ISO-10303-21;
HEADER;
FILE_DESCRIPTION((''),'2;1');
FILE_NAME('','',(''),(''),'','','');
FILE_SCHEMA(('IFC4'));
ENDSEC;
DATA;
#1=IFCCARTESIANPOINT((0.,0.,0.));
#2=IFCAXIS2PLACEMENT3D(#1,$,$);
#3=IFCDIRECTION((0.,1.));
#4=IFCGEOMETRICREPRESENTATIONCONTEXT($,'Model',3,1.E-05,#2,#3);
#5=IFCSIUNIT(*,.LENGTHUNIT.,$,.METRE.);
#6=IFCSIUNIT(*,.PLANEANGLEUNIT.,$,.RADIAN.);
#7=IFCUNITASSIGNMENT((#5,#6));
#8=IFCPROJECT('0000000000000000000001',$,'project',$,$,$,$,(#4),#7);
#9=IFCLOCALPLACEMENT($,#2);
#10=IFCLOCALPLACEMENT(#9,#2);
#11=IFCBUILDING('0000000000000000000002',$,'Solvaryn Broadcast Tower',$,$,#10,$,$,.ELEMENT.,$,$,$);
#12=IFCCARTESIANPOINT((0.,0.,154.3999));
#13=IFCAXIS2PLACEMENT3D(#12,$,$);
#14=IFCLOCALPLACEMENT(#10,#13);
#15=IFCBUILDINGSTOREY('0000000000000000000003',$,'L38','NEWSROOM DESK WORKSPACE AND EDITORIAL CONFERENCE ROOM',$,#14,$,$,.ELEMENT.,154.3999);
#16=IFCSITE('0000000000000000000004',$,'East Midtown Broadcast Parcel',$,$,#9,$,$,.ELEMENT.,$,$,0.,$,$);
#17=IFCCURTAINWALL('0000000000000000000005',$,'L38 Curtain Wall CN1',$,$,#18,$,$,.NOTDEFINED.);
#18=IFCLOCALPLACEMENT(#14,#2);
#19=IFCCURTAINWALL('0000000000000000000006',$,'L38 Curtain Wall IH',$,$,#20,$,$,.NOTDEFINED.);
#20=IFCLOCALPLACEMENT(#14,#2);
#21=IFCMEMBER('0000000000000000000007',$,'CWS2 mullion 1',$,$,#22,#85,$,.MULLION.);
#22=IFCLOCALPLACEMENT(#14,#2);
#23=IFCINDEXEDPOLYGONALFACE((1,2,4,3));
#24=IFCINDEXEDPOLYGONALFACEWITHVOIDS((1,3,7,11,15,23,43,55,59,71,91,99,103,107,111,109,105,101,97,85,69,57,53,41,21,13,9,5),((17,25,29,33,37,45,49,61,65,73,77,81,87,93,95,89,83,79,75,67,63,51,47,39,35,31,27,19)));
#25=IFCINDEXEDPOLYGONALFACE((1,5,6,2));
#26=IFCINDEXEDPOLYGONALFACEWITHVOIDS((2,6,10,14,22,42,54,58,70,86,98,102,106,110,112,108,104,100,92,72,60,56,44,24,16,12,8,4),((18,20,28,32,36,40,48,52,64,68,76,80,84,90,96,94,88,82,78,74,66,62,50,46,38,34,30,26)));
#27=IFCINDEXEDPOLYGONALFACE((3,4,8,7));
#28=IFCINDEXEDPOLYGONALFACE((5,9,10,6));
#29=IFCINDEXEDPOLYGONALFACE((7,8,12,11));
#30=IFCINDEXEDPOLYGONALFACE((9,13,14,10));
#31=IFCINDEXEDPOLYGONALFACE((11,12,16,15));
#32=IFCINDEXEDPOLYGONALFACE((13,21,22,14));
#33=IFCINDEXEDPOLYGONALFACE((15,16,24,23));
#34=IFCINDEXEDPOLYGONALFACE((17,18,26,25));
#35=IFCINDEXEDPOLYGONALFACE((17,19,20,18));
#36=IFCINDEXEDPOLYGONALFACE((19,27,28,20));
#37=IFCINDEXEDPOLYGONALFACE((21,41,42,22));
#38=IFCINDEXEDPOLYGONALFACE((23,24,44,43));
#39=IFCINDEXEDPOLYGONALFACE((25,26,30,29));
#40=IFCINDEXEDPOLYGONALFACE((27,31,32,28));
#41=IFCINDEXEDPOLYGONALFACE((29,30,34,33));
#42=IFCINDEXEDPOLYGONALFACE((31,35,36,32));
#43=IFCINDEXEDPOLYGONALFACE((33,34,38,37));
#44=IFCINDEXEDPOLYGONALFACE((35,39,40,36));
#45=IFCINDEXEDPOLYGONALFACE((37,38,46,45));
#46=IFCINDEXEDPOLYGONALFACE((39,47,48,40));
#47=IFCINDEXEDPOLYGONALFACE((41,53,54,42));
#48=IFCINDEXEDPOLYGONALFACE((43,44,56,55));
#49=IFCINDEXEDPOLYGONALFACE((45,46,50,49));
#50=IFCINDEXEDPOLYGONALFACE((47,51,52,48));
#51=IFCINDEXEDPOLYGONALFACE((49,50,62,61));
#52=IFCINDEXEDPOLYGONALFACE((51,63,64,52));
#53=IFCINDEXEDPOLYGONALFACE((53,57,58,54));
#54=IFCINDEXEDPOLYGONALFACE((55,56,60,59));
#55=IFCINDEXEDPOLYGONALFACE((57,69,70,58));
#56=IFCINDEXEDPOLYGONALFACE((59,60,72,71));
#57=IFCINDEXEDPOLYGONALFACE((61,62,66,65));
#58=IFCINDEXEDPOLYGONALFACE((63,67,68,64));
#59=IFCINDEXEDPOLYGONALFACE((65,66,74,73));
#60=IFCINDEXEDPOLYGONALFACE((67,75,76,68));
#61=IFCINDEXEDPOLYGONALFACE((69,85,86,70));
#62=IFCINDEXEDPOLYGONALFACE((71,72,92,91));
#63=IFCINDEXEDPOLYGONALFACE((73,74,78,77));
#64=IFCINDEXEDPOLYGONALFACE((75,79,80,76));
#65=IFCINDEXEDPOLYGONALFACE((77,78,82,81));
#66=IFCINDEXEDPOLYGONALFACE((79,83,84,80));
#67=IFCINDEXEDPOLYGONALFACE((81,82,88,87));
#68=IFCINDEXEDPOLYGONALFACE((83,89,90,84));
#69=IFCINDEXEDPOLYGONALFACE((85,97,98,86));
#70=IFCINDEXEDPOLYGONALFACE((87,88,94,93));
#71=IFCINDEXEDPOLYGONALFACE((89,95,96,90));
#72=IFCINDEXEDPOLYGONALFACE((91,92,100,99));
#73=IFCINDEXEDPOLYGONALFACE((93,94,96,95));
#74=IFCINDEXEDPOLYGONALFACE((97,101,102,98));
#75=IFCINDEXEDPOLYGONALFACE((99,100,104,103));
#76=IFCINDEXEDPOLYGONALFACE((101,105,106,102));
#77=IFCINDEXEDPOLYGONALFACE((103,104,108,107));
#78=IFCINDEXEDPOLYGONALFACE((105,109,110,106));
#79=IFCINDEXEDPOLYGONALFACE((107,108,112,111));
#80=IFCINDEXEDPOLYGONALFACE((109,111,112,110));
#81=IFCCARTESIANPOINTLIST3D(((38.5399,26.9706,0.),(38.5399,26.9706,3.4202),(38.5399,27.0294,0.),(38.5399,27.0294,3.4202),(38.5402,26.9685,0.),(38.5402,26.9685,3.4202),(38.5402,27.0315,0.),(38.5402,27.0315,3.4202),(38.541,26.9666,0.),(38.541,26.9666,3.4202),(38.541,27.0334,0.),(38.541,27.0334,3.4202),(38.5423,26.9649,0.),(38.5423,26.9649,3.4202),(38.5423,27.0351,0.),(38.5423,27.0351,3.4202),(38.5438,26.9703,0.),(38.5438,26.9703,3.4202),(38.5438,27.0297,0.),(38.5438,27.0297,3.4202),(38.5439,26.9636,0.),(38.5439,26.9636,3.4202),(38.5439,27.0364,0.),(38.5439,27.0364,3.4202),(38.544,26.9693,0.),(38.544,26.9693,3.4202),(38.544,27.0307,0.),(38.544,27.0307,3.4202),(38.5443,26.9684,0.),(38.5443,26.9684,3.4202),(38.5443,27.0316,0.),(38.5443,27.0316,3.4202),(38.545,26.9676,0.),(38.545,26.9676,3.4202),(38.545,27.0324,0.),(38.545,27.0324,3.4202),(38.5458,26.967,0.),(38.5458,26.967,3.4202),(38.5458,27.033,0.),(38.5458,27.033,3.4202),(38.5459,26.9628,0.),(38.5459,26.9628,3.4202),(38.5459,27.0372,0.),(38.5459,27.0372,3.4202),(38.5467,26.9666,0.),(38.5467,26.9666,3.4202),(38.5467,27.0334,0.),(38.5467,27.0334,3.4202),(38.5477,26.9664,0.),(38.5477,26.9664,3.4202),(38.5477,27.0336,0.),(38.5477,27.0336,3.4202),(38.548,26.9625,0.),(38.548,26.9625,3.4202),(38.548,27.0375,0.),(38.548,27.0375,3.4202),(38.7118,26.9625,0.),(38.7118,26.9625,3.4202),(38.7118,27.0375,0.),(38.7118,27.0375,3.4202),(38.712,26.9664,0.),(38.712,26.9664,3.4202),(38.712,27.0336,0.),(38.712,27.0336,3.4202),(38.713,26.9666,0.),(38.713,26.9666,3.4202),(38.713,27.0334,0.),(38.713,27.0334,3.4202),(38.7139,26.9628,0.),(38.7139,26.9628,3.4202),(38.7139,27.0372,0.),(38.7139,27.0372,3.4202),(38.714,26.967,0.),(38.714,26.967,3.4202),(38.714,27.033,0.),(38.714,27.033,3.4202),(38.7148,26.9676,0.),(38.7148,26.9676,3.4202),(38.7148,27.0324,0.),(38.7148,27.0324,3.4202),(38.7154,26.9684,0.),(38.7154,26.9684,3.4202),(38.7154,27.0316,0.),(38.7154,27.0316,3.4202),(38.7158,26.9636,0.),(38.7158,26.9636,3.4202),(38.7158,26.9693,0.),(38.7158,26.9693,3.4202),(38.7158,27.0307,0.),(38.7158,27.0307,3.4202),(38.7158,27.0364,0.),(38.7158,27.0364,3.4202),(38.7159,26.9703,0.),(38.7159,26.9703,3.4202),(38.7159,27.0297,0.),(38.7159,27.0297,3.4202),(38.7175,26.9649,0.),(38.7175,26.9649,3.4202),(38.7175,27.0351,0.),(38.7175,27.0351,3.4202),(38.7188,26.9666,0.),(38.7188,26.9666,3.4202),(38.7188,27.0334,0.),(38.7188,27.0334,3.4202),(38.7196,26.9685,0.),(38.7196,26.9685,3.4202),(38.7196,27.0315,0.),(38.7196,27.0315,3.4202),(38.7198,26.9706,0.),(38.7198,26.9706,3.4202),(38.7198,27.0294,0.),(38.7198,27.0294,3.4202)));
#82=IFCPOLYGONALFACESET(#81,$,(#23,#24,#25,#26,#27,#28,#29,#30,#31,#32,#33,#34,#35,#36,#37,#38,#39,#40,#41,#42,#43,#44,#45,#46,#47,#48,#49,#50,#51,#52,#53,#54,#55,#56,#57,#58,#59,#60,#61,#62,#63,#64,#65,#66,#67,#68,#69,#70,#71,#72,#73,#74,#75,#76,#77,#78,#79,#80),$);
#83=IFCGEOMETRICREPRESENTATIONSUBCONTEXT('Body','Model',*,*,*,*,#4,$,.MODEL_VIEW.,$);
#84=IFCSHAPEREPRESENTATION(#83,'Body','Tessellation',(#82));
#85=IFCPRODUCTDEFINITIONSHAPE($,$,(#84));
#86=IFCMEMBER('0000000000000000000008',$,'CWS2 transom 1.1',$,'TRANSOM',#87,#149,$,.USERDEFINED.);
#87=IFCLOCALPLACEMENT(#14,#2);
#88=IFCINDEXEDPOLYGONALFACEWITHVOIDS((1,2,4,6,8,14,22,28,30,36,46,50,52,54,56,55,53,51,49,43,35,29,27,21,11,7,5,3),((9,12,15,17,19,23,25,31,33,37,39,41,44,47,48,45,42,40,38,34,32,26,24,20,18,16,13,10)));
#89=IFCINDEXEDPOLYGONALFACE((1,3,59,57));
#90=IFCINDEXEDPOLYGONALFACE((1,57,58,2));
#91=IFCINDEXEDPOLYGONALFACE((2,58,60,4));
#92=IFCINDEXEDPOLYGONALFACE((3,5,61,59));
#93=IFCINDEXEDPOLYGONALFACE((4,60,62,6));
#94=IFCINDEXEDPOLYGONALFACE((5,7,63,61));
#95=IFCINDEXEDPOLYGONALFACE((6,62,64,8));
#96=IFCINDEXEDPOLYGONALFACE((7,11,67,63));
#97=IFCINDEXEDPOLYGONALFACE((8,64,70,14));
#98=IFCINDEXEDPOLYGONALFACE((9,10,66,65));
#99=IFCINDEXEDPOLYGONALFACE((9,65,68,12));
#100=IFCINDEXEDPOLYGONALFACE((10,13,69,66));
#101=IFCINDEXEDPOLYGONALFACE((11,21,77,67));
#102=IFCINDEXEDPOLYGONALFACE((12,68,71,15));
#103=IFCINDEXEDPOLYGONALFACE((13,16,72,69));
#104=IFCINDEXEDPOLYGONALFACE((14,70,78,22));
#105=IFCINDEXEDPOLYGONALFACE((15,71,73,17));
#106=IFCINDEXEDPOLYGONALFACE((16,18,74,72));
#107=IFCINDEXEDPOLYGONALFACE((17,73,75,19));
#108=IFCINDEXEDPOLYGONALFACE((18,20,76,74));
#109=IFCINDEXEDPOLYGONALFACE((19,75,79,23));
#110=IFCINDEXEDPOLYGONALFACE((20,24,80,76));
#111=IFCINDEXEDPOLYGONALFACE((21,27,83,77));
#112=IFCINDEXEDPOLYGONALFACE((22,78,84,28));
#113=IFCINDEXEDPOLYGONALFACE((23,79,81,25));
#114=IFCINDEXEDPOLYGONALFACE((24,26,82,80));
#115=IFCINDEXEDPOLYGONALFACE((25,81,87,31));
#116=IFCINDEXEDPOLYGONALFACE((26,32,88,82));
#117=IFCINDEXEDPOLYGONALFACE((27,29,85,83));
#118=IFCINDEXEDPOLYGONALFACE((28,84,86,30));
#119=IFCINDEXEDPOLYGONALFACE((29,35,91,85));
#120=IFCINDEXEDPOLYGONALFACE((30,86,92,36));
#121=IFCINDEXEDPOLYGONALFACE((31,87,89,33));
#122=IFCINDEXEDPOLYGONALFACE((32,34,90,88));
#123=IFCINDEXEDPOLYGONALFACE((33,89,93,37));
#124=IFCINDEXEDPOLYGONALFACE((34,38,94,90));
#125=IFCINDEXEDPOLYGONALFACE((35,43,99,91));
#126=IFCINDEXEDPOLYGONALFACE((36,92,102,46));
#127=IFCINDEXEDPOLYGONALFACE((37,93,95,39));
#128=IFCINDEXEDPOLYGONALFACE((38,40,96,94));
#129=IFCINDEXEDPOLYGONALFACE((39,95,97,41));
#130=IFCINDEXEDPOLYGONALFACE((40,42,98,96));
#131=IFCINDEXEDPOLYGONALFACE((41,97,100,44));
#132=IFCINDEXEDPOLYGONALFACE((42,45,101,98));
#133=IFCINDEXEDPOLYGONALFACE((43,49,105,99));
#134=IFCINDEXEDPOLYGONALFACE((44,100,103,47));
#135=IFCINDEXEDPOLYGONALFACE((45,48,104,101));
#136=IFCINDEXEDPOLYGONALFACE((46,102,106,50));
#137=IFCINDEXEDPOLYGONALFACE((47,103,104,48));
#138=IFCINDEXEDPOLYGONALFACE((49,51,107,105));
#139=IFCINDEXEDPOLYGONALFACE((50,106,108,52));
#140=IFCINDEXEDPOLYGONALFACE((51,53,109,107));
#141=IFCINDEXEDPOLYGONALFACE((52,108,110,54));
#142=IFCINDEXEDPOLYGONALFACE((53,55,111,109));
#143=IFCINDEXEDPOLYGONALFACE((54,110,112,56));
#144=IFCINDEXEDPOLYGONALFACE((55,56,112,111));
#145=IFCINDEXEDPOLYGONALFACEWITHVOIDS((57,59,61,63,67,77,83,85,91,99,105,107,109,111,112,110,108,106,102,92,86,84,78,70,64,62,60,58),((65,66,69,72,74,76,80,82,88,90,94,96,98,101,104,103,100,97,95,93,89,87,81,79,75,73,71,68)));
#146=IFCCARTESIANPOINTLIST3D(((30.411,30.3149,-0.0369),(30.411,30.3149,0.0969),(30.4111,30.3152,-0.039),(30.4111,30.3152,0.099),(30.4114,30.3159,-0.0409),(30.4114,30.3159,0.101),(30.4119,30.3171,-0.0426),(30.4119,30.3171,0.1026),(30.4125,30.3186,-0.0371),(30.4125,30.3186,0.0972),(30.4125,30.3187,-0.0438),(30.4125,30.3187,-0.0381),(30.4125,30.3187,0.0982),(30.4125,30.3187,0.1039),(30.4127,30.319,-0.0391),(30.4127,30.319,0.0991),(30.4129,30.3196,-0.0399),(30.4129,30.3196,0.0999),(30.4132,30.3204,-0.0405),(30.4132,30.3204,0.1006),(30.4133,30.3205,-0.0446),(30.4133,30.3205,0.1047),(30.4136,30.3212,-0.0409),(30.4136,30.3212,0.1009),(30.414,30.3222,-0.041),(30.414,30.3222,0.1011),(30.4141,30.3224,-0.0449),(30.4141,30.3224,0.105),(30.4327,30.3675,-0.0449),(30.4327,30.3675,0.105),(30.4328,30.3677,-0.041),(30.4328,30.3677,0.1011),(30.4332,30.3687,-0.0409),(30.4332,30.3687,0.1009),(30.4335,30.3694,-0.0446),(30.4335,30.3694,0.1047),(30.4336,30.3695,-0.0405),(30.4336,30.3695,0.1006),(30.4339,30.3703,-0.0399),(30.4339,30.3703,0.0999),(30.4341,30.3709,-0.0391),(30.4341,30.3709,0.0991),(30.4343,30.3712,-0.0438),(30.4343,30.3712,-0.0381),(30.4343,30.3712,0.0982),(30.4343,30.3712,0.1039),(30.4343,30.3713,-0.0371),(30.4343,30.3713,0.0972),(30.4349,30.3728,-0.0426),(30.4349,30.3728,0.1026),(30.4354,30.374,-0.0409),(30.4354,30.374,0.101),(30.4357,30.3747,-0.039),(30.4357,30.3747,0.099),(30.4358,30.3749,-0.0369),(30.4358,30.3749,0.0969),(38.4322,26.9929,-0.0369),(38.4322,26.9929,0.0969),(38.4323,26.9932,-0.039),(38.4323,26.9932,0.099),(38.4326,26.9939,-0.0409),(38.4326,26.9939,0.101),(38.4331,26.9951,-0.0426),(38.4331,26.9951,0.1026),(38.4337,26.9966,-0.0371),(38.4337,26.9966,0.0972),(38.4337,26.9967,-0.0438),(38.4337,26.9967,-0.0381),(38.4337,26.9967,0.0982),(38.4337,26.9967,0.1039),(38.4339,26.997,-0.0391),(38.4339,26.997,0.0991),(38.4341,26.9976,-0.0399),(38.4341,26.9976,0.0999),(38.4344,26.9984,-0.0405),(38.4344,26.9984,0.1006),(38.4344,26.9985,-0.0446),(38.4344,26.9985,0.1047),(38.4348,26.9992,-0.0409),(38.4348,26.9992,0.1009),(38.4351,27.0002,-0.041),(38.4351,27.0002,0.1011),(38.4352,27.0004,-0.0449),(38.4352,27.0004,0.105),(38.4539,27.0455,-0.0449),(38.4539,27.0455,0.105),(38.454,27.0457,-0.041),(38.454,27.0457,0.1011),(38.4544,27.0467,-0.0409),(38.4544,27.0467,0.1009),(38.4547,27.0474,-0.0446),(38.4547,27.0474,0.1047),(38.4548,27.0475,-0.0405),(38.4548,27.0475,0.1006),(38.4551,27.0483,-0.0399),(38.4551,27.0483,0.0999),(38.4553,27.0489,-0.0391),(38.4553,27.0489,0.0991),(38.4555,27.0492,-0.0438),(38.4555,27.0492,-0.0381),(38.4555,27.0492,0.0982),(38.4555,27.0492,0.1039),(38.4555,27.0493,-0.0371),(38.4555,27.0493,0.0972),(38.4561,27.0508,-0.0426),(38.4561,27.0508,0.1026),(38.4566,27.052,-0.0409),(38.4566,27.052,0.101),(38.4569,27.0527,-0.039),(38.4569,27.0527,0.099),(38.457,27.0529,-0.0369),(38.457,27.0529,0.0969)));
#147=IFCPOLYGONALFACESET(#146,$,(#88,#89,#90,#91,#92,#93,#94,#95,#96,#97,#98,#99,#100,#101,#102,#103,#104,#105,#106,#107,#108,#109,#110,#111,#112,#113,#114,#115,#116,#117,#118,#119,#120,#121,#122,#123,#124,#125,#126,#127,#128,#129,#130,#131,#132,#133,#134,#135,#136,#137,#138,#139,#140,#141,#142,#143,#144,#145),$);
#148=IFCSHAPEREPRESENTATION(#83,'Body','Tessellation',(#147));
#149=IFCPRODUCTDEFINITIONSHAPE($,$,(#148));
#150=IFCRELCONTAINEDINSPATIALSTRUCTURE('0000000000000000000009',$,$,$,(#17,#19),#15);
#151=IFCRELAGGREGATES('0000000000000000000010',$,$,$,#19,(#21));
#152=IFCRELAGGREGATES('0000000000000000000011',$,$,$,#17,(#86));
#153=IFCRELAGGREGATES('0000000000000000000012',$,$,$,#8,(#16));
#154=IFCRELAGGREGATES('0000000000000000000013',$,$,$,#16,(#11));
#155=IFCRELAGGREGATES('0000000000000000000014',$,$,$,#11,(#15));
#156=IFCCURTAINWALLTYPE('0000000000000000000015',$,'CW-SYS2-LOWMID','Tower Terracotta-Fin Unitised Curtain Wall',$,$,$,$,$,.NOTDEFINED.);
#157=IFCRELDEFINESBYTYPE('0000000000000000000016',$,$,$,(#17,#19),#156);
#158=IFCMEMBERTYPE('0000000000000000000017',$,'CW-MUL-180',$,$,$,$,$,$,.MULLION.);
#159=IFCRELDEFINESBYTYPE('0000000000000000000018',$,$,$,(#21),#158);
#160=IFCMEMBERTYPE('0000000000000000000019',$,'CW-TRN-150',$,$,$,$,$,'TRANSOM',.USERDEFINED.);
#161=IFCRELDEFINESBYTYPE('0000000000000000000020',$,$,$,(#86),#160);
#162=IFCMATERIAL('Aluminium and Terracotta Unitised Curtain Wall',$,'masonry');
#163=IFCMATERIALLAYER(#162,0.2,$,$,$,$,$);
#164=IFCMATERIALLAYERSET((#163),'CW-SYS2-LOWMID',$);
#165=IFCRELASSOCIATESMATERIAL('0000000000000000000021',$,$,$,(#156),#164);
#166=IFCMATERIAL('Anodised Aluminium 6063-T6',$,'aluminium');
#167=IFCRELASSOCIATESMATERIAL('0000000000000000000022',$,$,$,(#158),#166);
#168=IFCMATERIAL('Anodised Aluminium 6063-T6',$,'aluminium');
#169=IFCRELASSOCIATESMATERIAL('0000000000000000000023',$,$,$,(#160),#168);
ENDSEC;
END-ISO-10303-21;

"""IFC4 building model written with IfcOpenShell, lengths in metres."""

from ifc_helpers import new_model, si_unit, direction, frame, origin, origin_2d, place, context, subcontext, project, spatial, hollow_rectangle, extrude, material, layer, layer_set, material_profile, profile_set, type_object, element, aggregate, save


model = new_model("IFC4")

# Units and contexts
model_context = context("Model", 3, precision=1e-05, world=origin(), true_north=direction((0.0, 1.0)))
body_context = subcontext(model_context, "Body", "Model", "MODEL_VIEW")
ifc_project = project(units=[si_unit("LENGTHUNIT", "METRE"), si_unit("PLANEANGLEUNIT", "RADIAN")], contexts=[model_context])

# Site, building, storey
site_placement = place(None, origin())
site = spatial("IfcSite", under=ifc_project, at=site_placement, Name="East Midtown Broadcast Parcel", CompositionType="ELEMENT", RefElevation=0.0)
building_placement = place(site_placement, origin())
building = spatial("IfcBuilding", under=site, at=building_placement, Name="Solvaryn Broadcast Tower", CompositionType="ELEMENT")
storey_placement = place(building_placement, frame((0.0, 0.0, 154.3999)))
storey = spatial("IfcBuildingStorey", under=building, at=storey_placement, Name="L38", Description="NEWSROOM DESK WORKSPACE AND EDITORIAL CONFERENCE ROOM", CompositionType="ELEMENT", Elevation=154.3999)

# Curtain walls, member
ifc_material_1 = material(Name="Aluminium and Terracotta Unitised Curtain Wall", Category="masonry")
ifc_layer_1 = layer(ifc_material_1, 0.2)
ifc_layer_set_1 = layer_set([ifc_layer_1], Name="CW-SYS2-LOWMID")
curtain_wall_type = type_object("IfcCurtainWallType", Name="CW-SYS2-LOWMID", Description="Tower Terracotta-Fin Unitised Curtain Wall", PredefinedType="NOTDEFINED", material=ifc_layer_set_1)
curtain_wall_1_placement = place(storey_placement, origin())
curtain_wall_1 = element("IfcCurtainWall", 1, at=curtain_wall_1_placement, inside=storey, type_object=curtain_wall_type, Name="L38 Curtain Wall CN1", PredefinedType="NOTDEFINED")
ifc_material_2 = material(Name="Anodised Aluminium 6063-T6", Category="aluminium")
ifc_material_profile_1 = material_profile(ifc_material_2, hollow_rectangle(XDim=0.075, YDim=0.1799, WallThickness=0.0039, InnerFilletRadius=0.0039, OuterFilletRadius=0.0081, at=origin_2d()))
ifc_profile_set_1 = profile_set([ifc_material_profile_1], Name="Anodised Aluminium 6063-T6")
member_type_1 = type_object("IfcMemberType", Name="CW-MUL-180", PredefinedType="MULLION", material=ifc_profile_set_1)
curtain_wall_2_placement = place(storey_placement, origin())
curtain_wall_2 = element("IfcCurtainWall", 2, at=curtain_wall_2_placement, inside=storey, type_object=curtain_wall_type, Name="L38 Curtain Wall IH", PredefinedType="NOTDEFINED")
member_1_placement = place(storey_placement, frame((38.6299, 27.0, 0.0), z_axis=(0.0, 0.0, 1.0), x_axis=(0.0, 1.0, 0.0)))
member_1 = element("IfcMember", 3, at=member_1_placement, type_object=member_type_1, Name="CWS2 mullion 1", PredefinedType="MULLION", context=body_context, shape_type="SweptSolid", body=[
    extrude(hollow_rectangle(XDim=0.075, YDim=0.1799, WallThickness=0.0039, InnerFilletRadius=0.0039, OuterFilletRadius=0.0081, at=origin_2d()), origin(), (0.0, 0.0, 1.0), 3.4202),
])
aggregate(curtain_wall_2, [member_1])

# Member
ifc_material_3 = material(Name="Anodised Aluminium 6063-T6", Category="aluminium")
ifc_material_profile_2 = material_profile(ifc_material_3, hollow_rectangle(XDim=0.0649, YDim=0.1499, WallThickness=0.0039, InnerFilletRadius=0.0039, OuterFilletRadius=0.0081, at=origin_2d()))
ifc_profile_set_2 = profile_set([ifc_material_profile_2], Name="Anodised Aluminium 6063-T6")
member_type_2 = type_object("IfcMemberType", Name="CW-TRN-150", ElementType="TRANSOM", PredefinedType="USERDEFINED", material=ifc_profile_set_2)
member_2_placement = place(storey_placement, frame((38.4446, 27.0229, 0.03), z_axis=(-0.923899, 0.382636, 0.0), x_axis=(-0.382636, -0.923899, 0.0)))
member_2 = element("IfcMember", 4, at=member_2_placement, type_object=member_type_2, Name="CWS2 transom 1.1", ObjectType="TRANSOM", PredefinedType="USERDEFINED", context=body_context, shape_type="SweptSolid", body=[
    extrude(hollow_rectangle(XDim=0.0649, YDim=0.1499, WallThickness=0.0039, InnerFilletRadius=0.0039, OuterFilletRadius=0.0081, at=origin_2d()), origin(), (0.0, 0.0, 1.0), 8.6819),
])

aggregate(curtain_wall_1, [member_2])

save(model, "model.ifc")
